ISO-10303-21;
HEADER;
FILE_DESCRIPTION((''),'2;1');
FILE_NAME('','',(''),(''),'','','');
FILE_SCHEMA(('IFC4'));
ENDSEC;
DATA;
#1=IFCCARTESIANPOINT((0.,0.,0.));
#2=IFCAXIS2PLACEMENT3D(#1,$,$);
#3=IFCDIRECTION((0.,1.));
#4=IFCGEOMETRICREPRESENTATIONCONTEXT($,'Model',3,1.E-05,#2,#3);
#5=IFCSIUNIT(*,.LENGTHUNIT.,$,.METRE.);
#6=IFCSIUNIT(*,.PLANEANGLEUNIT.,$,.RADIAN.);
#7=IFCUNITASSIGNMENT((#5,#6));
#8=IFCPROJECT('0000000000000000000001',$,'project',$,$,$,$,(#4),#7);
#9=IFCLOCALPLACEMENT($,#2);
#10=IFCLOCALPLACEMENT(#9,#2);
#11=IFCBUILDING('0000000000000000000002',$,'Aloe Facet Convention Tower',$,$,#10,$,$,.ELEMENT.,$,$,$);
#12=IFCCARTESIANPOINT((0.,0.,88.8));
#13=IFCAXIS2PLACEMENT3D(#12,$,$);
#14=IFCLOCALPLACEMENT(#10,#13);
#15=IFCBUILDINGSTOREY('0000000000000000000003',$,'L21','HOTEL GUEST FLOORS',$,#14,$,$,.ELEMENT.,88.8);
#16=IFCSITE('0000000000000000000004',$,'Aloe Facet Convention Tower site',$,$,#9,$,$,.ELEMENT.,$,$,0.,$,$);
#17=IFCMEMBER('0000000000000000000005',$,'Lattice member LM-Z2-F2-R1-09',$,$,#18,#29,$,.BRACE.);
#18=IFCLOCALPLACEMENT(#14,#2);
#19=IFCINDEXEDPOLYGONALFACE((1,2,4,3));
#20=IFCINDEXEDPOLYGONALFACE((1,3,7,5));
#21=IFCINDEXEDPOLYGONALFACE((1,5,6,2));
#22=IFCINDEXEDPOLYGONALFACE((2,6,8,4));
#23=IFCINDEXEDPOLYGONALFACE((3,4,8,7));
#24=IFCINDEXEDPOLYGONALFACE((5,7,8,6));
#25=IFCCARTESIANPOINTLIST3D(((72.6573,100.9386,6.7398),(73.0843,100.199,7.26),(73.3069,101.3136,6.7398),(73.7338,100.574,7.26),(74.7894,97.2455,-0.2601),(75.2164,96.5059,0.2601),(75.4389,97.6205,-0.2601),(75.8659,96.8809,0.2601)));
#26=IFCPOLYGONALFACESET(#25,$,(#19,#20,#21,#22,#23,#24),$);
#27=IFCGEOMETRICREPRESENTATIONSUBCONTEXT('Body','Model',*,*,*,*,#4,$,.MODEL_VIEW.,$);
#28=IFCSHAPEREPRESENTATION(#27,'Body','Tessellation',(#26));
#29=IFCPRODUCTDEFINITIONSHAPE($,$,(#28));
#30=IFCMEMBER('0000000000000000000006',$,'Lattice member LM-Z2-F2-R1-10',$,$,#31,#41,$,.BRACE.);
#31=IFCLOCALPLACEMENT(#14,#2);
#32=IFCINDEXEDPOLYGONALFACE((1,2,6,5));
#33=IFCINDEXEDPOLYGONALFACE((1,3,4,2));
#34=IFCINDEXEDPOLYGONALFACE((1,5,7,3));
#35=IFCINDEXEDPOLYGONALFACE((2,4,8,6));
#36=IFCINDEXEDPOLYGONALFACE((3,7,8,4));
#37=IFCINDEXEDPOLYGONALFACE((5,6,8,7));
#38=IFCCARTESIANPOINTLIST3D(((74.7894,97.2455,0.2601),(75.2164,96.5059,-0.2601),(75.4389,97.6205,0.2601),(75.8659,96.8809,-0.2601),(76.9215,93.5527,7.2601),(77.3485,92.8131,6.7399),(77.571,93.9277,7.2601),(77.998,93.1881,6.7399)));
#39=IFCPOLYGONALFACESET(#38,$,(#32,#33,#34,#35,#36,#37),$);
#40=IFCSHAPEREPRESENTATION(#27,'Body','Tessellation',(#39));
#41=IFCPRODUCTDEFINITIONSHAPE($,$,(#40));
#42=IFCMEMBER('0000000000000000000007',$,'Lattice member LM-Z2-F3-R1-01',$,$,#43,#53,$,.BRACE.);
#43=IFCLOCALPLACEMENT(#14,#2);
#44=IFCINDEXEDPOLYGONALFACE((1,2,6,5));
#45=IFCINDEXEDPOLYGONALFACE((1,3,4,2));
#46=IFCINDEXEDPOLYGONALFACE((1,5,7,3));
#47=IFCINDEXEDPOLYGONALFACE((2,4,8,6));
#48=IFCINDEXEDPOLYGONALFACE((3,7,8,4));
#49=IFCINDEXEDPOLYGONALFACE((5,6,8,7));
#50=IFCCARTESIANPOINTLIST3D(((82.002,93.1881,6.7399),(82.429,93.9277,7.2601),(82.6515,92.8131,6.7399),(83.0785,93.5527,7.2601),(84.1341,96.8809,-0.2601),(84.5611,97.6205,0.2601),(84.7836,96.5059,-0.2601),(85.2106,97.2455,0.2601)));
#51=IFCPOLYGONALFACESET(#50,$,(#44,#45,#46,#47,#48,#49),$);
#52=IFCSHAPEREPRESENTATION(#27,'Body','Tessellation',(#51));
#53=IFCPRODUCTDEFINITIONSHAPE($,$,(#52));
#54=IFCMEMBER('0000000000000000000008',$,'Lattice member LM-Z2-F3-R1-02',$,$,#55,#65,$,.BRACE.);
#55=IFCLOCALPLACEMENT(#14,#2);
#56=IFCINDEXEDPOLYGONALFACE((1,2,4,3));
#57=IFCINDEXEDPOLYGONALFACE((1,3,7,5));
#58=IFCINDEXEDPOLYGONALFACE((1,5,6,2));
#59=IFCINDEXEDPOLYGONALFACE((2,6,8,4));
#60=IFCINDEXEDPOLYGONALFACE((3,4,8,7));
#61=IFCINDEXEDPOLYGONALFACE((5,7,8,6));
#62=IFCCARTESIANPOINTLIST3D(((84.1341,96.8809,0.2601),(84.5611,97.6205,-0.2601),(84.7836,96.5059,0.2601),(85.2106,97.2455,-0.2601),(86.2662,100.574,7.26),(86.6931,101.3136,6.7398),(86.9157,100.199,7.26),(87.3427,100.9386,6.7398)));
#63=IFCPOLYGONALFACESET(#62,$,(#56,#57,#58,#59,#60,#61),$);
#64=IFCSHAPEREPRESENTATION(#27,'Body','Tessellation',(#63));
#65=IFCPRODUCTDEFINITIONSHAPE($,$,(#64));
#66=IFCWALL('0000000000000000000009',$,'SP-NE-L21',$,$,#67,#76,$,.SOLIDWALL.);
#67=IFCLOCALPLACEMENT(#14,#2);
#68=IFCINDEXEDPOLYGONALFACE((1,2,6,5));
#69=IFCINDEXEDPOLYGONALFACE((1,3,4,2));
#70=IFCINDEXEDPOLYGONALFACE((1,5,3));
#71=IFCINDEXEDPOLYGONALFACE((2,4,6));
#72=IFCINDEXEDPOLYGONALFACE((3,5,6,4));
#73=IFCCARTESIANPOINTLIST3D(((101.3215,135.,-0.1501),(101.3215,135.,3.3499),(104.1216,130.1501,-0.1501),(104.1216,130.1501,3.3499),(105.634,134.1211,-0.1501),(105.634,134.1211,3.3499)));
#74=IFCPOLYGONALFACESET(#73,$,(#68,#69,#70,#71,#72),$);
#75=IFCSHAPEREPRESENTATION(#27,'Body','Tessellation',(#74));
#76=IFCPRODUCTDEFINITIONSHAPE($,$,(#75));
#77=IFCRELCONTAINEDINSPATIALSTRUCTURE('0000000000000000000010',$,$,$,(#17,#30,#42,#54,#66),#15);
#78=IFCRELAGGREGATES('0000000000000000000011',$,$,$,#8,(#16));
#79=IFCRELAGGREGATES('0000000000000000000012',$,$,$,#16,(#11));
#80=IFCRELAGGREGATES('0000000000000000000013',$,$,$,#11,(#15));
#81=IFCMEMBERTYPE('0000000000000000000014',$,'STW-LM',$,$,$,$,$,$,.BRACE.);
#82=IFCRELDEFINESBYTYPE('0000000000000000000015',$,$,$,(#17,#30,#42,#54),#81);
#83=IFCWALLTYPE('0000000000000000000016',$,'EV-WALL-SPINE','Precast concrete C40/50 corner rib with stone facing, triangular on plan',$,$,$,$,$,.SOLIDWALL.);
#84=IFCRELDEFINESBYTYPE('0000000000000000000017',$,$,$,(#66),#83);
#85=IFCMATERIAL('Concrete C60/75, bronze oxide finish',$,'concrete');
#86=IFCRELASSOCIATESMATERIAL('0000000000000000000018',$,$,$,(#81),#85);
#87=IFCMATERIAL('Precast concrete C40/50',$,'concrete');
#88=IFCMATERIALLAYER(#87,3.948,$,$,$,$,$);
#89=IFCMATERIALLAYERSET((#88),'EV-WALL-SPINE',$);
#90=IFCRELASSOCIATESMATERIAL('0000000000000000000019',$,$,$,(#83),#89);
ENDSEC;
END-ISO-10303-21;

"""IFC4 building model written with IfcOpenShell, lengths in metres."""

from ifc_helpers import new_model, si_unit, direction, frame, origin, origin_2d, place, context, subcontext, project, spatial, polyline, rectangle, outline, extrude, material, layer, layer_set, material_profile, profile_set, type_object, element, save


model = new_model("IFC4")

# Units and contexts
model_context = context("Model", 3, precision=1e-05, world=origin(), true_north=direction((0.0, 1.0)))
body_context = subcontext(model_context, "Body", "Model", "MODEL_VIEW")
ifc_project = project(units=[si_unit("LENGTHUNIT", "METRE"), si_unit("PLANEANGLEUNIT", "RADIAN")], contexts=[model_context])

# Site, building, storey
site_placement = place(None, origin())
site = spatial("IfcSite", under=ifc_project, at=site_placement, Name="Aloe Facet Convention Tower site", CompositionType="ELEMENT", RefElevation=0.0)
building_placement = place(site_placement, origin())
building = spatial("IfcBuilding", under=site, at=building_placement, Name="Aloe Facet Convention Tower", CompositionType="ELEMENT")
storey_placement = place(building_placement, frame((0.0, 0.0, 88.8)))
storey = spatial("IfcBuildingStorey", under=building, at=storey_placement, Name="L21", Description="HOTEL GUEST FLOORS", CompositionType="ELEMENT", Elevation=88.8)

# Members
ifc_material_1 = material(Name="Concrete C60/75, bronze oxide finish", Category="concrete")
ifc_material_profile_1 = material_profile(ifc_material_1, rectangle(XDim=0.75, YDim=1.0, at=origin_2d()), Name="STW-LM")
ifc_profile_set_1 = profile_set([ifc_material_profile_1], Name="Concrete C60/75, bronze oxide finish")
member_type = type_object("IfcMemberType", Name="STW-LM", PredefinedType="BRACE", material=ifc_profile_set_1)
for number, where, z_axis, x_axis, name in (
    (1, (75.3276, 97.0632, 0.0), (-0.260116, 0.450565, 0.854009), (-0.86604, -0.499975, 0.0), "Lattice member LM-Z2-F2-R1-09"),
    (2, (75.3276, 97.0632, 0.0), (0.26012, -0.450541, 0.85402), (0.866025, 0.5, 0.0), "Lattice member LM-Z2-F2-R1-10"),
    (3, (84.6724, 97.0632, 0.0), (-0.26012, -0.450541, 0.85402), (0.866025, -0.5, 0.0), "Lattice member LM-Z2-F3-R1-01"),
    (4, (84.6724, 97.0632, 0.0), (0.260116, 0.450565, 0.854009), (-0.86604, 0.499975, 0.0), "Lattice member LM-Z2-F3-R1-02"),
):
    element("IfcMember", number, at=place(storey_placement, frame(where, z_axis=z_axis, x_axis=x_axis)), inside=storey, type_object=member_type, Name=name, PredefinedType="BRACE", context=body_context, shape_type="SweptSolid", body=[
        extrude(rectangle(XDim=0.75, YDim=1.0, at=origin_2d()), origin(), (0.0, 0.0, 1.0), 8.1965),
    ])

# Wall
ifc_material_2 = material(Name="Precast concrete C40/50", Category="concrete")
ifc_layer_1 = layer(ifc_material_2, 3.948)
ifc_layer_set_1 = layer_set([ifc_layer_1], Name="EV-WALL-SPINE")
wall_type_1 = type_object("IfcWallType", Name="EV-WALL-SPINE", Description="Precast concrete C40/50 corner rib with stone facing, triangular on plan", PredefinedType="SOLIDWALL", material=ifc_layer_set_1)
wall_1_placement = place(storey_placement, frame((0.0, 0.0, -0.1501)))
element("IfcWall", 5, at=wall_1_placement, inside=storey, type_object=wall_type_1, Name="SP-NE-L21", PredefinedType="SOLIDWALL", context=body_context, shape_type="SweptSolid", body=[
    extrude(outline(polyline([(104.1216, 130.1501), (105.634, 134.1211), (101.3215, 135.0), (104.1216, 130.1501)])), origin(), (0.0, 0.0, 1.0), 3.5),
])

save(model, "model.ifc")
